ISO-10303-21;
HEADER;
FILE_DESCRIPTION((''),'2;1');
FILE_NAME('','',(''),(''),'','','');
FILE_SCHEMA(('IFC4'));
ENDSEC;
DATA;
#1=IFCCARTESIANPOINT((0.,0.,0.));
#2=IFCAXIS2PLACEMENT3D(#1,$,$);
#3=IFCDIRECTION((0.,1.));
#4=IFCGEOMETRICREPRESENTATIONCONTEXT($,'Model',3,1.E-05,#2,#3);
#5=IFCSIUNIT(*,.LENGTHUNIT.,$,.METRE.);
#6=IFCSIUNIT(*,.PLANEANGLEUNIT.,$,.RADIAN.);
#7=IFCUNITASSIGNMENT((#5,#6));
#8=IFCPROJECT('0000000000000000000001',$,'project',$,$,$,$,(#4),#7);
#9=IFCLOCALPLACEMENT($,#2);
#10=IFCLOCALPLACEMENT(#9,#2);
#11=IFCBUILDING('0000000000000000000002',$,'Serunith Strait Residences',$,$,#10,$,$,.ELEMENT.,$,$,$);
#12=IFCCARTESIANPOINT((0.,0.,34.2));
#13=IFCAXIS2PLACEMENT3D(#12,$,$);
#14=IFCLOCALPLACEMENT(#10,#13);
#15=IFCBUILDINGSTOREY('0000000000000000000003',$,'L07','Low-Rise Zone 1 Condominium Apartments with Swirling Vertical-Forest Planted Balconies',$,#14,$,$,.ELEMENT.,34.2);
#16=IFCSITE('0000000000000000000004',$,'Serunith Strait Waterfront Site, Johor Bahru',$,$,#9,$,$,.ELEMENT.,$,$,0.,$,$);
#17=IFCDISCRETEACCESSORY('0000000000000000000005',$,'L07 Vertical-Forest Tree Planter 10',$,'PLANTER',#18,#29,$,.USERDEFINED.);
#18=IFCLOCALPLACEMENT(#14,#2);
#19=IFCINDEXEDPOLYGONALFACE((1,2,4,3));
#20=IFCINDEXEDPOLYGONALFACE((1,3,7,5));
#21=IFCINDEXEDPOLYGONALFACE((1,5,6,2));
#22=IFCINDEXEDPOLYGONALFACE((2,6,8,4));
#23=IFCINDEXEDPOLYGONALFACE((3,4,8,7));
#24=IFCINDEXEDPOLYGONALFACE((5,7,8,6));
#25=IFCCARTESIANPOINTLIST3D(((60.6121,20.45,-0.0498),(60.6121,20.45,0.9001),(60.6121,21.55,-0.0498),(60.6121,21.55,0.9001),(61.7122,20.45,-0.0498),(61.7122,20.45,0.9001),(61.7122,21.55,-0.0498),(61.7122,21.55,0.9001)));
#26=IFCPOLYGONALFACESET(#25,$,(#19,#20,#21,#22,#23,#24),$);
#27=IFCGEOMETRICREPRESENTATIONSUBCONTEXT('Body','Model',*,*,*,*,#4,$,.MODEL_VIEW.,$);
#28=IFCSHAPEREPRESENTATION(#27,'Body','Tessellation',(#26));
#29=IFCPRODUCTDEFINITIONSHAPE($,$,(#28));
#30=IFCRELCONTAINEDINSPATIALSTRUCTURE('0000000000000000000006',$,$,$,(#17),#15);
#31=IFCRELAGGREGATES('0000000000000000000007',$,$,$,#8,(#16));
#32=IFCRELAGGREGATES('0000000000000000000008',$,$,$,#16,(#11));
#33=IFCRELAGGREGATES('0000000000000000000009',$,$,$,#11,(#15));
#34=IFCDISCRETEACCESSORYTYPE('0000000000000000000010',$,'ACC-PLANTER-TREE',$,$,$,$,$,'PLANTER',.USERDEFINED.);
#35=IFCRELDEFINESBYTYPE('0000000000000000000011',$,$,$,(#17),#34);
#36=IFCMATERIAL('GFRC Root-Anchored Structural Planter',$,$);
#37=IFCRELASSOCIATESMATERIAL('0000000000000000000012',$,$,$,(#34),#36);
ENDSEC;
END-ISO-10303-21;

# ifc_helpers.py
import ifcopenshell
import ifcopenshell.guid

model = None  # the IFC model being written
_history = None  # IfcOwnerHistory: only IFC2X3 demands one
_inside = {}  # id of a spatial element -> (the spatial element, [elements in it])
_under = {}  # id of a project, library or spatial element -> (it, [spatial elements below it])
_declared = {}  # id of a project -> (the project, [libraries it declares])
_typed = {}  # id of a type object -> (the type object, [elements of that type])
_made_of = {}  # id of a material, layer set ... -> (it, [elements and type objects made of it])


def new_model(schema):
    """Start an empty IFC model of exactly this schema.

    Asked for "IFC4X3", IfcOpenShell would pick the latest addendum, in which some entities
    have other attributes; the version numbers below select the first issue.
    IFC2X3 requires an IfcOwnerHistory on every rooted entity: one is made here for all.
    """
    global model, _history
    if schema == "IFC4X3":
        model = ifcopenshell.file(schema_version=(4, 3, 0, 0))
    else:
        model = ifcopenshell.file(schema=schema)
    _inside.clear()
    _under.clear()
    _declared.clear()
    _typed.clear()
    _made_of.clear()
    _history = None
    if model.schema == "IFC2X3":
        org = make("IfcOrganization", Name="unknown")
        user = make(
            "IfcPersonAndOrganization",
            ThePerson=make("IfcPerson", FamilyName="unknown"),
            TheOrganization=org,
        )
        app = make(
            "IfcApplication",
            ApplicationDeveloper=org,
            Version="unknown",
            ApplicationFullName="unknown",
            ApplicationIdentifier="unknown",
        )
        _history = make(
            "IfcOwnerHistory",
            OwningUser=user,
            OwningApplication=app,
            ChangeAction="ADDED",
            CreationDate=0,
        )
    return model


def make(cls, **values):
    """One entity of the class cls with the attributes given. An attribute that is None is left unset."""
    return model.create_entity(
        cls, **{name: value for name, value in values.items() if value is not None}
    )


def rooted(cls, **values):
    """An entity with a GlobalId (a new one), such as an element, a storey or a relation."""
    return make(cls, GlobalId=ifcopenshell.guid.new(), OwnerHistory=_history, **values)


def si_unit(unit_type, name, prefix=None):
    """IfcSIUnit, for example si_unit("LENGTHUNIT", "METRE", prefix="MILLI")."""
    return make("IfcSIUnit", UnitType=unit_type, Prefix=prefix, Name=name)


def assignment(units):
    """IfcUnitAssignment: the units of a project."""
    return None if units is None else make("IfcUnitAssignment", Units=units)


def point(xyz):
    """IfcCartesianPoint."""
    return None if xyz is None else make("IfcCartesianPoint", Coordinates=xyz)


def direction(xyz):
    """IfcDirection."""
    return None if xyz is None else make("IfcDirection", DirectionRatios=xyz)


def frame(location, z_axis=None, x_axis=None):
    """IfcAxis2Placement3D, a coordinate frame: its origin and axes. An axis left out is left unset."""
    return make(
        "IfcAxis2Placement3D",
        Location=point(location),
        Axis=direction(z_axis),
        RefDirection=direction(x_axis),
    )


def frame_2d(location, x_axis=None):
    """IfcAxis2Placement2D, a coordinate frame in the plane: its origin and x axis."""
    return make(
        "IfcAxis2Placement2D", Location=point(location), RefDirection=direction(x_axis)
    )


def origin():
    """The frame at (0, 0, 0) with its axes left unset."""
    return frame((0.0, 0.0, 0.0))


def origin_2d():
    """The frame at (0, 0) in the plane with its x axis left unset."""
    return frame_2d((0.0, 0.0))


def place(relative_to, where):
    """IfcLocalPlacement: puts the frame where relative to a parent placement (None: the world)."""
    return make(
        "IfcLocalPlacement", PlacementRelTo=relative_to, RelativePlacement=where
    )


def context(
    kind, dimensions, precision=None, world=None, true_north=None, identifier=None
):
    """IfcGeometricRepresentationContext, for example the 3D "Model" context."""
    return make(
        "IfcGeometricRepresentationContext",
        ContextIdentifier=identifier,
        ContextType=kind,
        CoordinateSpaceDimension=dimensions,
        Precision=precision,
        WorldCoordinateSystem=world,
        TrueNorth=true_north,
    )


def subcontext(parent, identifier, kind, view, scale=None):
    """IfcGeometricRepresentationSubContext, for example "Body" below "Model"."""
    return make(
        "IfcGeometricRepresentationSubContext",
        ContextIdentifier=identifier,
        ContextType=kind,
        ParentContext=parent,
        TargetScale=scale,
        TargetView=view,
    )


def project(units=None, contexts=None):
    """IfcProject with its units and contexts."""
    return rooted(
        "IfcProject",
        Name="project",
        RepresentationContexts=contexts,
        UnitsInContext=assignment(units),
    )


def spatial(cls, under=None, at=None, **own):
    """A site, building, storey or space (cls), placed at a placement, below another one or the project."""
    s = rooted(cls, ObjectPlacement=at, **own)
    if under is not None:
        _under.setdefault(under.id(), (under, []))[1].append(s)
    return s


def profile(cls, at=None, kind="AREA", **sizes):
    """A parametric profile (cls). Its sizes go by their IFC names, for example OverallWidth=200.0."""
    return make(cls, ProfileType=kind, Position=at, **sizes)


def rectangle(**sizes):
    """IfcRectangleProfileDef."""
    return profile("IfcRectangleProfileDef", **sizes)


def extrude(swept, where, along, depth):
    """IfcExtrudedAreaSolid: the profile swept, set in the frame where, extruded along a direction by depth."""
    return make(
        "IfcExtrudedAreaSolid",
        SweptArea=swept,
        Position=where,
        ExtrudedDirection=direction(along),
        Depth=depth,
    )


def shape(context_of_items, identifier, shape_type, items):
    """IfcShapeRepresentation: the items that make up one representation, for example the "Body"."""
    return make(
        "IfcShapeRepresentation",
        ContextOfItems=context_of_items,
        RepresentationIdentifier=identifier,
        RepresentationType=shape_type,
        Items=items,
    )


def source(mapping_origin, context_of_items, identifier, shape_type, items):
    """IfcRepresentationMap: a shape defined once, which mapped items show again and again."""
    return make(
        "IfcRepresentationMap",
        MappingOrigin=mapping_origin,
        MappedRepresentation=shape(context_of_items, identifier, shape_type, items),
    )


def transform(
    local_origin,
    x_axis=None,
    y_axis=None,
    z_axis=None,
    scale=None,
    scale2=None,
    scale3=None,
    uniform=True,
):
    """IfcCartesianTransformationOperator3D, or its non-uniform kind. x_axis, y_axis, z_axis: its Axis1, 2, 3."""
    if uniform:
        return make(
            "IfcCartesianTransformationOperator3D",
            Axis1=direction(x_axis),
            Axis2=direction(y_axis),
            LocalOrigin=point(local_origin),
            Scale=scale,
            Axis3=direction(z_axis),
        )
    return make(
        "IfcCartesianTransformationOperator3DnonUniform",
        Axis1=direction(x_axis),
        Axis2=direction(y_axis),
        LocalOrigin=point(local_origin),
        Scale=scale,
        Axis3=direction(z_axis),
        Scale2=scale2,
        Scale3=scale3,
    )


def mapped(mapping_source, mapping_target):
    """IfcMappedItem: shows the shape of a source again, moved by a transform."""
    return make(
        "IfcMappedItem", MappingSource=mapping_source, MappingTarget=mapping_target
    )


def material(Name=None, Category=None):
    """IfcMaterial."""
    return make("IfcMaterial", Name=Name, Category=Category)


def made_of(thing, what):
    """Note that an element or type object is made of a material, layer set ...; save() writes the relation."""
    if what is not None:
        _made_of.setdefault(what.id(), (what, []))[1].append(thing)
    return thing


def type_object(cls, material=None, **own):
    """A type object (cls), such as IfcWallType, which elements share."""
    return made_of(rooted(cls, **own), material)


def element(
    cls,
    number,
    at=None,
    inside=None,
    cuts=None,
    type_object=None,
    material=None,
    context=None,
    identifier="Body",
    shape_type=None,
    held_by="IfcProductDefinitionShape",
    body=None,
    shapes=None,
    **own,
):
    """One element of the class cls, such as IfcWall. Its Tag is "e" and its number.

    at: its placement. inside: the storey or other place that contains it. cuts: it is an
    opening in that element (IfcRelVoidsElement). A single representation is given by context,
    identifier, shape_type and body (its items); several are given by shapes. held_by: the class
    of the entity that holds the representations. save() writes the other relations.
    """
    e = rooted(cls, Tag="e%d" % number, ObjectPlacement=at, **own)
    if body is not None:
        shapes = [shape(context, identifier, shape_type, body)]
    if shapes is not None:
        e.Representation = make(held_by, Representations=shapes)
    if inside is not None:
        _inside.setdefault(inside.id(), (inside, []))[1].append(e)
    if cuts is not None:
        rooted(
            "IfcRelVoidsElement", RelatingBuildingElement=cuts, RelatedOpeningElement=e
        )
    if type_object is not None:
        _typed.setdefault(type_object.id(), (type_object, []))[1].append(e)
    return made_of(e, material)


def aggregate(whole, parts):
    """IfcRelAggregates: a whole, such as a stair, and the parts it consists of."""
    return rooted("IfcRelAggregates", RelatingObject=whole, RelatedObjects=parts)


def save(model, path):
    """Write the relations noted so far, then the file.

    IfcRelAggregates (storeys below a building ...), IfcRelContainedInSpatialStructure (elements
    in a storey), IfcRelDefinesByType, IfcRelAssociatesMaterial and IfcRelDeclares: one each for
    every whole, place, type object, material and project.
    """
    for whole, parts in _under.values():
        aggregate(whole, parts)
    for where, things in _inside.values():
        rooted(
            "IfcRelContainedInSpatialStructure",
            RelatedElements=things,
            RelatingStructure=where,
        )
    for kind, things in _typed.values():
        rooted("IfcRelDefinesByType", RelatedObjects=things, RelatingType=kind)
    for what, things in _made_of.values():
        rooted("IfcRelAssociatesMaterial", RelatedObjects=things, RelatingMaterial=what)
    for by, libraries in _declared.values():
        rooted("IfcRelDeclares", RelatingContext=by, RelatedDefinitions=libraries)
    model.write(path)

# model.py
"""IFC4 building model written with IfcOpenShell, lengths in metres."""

from ifc_helpers import new_model, si_unit, direction, frame, origin, origin_2d, place, context, subcontext, project, spatial, rectangle, extrude, source, transform, mapped, material, type_object, element, save


model = new_model("IFC4")

# Units and contexts
model_context = context("Model", 3, precision=1e-05, world=origin(), true_north=direction((0.0, 1.0)))
body_context = subcontext(model_context, "Body", "Model", "MODEL_VIEW")
ifc_project = project(units=[si_unit("LENGTHUNIT", "METRE"), si_unit("PLANEANGLEUNIT", "RADIAN")], contexts=[model_context])

# Site, building, storey
site_placement = place(None, origin())
site = spatial("IfcSite", under=ifc_project, at=site_placement, Name="Serunith Strait Waterfront Site, Johor Bahru", CompositionType="ELEMENT", RefElevation=0.0)
building_placement = place(site_placement, origin())
building = spatial("IfcBuilding", under=site, at=building_placement, Name="Serunith Strait Residences", CompositionType="ELEMENT")
storey_placement = place(building_placement, frame((0.0, 0.0, 34.2)))
storey = spatial("IfcBuildingStorey", under=building, at=storey_placement, Name="L07", Description="Low-Rise Zone 1 Condominium Apartments with Swirling Vertical-Forest Planted Balconies", CompositionType="ELEMENT", Elevation=34.2)

# Discrete accessory
ifc_material_1 = material(Name="GFRC Root-Anchored Structural Planter")
discrete_accessory_type = type_object("IfcDiscreteAccessoryType", Name="ACC-PLANTER-TREE", ElementType="PLANTER", PredefinedType="USERDEFINED", material=ifc_material_1)
shared_shape_1 = source(origin(), body_context, "Body", "SweptSolid", [
    extrude(rectangle(XDim=1.1001, YDim=1.1001, at=origin_2d()), origin(), (0.0, 0.0, 1.0), 0.95),
])
discrete_accessory_placement = place(storey_placement, frame((61.1621, 21.0, -0.0498), z_axis=(0.0, 0.0, 1.0), x_axis=(0.0, 1.0, 0.0)))
element("IfcDiscreteAccessory", 1, at=discrete_accessory_placement, inside=storey, type_object=discrete_accessory_type, Name="L07 Vertical-Forest Tree Planter 10", ObjectType="PLANTER", PredefinedType="USERDEFINED", context=body_context, shape_type="MappedRepresentation", body=[
    mapped(shared_shape_1, transform((0.0, 0.0, 0.0), scale=1.0)),
])

save(model, "model.ifc")
